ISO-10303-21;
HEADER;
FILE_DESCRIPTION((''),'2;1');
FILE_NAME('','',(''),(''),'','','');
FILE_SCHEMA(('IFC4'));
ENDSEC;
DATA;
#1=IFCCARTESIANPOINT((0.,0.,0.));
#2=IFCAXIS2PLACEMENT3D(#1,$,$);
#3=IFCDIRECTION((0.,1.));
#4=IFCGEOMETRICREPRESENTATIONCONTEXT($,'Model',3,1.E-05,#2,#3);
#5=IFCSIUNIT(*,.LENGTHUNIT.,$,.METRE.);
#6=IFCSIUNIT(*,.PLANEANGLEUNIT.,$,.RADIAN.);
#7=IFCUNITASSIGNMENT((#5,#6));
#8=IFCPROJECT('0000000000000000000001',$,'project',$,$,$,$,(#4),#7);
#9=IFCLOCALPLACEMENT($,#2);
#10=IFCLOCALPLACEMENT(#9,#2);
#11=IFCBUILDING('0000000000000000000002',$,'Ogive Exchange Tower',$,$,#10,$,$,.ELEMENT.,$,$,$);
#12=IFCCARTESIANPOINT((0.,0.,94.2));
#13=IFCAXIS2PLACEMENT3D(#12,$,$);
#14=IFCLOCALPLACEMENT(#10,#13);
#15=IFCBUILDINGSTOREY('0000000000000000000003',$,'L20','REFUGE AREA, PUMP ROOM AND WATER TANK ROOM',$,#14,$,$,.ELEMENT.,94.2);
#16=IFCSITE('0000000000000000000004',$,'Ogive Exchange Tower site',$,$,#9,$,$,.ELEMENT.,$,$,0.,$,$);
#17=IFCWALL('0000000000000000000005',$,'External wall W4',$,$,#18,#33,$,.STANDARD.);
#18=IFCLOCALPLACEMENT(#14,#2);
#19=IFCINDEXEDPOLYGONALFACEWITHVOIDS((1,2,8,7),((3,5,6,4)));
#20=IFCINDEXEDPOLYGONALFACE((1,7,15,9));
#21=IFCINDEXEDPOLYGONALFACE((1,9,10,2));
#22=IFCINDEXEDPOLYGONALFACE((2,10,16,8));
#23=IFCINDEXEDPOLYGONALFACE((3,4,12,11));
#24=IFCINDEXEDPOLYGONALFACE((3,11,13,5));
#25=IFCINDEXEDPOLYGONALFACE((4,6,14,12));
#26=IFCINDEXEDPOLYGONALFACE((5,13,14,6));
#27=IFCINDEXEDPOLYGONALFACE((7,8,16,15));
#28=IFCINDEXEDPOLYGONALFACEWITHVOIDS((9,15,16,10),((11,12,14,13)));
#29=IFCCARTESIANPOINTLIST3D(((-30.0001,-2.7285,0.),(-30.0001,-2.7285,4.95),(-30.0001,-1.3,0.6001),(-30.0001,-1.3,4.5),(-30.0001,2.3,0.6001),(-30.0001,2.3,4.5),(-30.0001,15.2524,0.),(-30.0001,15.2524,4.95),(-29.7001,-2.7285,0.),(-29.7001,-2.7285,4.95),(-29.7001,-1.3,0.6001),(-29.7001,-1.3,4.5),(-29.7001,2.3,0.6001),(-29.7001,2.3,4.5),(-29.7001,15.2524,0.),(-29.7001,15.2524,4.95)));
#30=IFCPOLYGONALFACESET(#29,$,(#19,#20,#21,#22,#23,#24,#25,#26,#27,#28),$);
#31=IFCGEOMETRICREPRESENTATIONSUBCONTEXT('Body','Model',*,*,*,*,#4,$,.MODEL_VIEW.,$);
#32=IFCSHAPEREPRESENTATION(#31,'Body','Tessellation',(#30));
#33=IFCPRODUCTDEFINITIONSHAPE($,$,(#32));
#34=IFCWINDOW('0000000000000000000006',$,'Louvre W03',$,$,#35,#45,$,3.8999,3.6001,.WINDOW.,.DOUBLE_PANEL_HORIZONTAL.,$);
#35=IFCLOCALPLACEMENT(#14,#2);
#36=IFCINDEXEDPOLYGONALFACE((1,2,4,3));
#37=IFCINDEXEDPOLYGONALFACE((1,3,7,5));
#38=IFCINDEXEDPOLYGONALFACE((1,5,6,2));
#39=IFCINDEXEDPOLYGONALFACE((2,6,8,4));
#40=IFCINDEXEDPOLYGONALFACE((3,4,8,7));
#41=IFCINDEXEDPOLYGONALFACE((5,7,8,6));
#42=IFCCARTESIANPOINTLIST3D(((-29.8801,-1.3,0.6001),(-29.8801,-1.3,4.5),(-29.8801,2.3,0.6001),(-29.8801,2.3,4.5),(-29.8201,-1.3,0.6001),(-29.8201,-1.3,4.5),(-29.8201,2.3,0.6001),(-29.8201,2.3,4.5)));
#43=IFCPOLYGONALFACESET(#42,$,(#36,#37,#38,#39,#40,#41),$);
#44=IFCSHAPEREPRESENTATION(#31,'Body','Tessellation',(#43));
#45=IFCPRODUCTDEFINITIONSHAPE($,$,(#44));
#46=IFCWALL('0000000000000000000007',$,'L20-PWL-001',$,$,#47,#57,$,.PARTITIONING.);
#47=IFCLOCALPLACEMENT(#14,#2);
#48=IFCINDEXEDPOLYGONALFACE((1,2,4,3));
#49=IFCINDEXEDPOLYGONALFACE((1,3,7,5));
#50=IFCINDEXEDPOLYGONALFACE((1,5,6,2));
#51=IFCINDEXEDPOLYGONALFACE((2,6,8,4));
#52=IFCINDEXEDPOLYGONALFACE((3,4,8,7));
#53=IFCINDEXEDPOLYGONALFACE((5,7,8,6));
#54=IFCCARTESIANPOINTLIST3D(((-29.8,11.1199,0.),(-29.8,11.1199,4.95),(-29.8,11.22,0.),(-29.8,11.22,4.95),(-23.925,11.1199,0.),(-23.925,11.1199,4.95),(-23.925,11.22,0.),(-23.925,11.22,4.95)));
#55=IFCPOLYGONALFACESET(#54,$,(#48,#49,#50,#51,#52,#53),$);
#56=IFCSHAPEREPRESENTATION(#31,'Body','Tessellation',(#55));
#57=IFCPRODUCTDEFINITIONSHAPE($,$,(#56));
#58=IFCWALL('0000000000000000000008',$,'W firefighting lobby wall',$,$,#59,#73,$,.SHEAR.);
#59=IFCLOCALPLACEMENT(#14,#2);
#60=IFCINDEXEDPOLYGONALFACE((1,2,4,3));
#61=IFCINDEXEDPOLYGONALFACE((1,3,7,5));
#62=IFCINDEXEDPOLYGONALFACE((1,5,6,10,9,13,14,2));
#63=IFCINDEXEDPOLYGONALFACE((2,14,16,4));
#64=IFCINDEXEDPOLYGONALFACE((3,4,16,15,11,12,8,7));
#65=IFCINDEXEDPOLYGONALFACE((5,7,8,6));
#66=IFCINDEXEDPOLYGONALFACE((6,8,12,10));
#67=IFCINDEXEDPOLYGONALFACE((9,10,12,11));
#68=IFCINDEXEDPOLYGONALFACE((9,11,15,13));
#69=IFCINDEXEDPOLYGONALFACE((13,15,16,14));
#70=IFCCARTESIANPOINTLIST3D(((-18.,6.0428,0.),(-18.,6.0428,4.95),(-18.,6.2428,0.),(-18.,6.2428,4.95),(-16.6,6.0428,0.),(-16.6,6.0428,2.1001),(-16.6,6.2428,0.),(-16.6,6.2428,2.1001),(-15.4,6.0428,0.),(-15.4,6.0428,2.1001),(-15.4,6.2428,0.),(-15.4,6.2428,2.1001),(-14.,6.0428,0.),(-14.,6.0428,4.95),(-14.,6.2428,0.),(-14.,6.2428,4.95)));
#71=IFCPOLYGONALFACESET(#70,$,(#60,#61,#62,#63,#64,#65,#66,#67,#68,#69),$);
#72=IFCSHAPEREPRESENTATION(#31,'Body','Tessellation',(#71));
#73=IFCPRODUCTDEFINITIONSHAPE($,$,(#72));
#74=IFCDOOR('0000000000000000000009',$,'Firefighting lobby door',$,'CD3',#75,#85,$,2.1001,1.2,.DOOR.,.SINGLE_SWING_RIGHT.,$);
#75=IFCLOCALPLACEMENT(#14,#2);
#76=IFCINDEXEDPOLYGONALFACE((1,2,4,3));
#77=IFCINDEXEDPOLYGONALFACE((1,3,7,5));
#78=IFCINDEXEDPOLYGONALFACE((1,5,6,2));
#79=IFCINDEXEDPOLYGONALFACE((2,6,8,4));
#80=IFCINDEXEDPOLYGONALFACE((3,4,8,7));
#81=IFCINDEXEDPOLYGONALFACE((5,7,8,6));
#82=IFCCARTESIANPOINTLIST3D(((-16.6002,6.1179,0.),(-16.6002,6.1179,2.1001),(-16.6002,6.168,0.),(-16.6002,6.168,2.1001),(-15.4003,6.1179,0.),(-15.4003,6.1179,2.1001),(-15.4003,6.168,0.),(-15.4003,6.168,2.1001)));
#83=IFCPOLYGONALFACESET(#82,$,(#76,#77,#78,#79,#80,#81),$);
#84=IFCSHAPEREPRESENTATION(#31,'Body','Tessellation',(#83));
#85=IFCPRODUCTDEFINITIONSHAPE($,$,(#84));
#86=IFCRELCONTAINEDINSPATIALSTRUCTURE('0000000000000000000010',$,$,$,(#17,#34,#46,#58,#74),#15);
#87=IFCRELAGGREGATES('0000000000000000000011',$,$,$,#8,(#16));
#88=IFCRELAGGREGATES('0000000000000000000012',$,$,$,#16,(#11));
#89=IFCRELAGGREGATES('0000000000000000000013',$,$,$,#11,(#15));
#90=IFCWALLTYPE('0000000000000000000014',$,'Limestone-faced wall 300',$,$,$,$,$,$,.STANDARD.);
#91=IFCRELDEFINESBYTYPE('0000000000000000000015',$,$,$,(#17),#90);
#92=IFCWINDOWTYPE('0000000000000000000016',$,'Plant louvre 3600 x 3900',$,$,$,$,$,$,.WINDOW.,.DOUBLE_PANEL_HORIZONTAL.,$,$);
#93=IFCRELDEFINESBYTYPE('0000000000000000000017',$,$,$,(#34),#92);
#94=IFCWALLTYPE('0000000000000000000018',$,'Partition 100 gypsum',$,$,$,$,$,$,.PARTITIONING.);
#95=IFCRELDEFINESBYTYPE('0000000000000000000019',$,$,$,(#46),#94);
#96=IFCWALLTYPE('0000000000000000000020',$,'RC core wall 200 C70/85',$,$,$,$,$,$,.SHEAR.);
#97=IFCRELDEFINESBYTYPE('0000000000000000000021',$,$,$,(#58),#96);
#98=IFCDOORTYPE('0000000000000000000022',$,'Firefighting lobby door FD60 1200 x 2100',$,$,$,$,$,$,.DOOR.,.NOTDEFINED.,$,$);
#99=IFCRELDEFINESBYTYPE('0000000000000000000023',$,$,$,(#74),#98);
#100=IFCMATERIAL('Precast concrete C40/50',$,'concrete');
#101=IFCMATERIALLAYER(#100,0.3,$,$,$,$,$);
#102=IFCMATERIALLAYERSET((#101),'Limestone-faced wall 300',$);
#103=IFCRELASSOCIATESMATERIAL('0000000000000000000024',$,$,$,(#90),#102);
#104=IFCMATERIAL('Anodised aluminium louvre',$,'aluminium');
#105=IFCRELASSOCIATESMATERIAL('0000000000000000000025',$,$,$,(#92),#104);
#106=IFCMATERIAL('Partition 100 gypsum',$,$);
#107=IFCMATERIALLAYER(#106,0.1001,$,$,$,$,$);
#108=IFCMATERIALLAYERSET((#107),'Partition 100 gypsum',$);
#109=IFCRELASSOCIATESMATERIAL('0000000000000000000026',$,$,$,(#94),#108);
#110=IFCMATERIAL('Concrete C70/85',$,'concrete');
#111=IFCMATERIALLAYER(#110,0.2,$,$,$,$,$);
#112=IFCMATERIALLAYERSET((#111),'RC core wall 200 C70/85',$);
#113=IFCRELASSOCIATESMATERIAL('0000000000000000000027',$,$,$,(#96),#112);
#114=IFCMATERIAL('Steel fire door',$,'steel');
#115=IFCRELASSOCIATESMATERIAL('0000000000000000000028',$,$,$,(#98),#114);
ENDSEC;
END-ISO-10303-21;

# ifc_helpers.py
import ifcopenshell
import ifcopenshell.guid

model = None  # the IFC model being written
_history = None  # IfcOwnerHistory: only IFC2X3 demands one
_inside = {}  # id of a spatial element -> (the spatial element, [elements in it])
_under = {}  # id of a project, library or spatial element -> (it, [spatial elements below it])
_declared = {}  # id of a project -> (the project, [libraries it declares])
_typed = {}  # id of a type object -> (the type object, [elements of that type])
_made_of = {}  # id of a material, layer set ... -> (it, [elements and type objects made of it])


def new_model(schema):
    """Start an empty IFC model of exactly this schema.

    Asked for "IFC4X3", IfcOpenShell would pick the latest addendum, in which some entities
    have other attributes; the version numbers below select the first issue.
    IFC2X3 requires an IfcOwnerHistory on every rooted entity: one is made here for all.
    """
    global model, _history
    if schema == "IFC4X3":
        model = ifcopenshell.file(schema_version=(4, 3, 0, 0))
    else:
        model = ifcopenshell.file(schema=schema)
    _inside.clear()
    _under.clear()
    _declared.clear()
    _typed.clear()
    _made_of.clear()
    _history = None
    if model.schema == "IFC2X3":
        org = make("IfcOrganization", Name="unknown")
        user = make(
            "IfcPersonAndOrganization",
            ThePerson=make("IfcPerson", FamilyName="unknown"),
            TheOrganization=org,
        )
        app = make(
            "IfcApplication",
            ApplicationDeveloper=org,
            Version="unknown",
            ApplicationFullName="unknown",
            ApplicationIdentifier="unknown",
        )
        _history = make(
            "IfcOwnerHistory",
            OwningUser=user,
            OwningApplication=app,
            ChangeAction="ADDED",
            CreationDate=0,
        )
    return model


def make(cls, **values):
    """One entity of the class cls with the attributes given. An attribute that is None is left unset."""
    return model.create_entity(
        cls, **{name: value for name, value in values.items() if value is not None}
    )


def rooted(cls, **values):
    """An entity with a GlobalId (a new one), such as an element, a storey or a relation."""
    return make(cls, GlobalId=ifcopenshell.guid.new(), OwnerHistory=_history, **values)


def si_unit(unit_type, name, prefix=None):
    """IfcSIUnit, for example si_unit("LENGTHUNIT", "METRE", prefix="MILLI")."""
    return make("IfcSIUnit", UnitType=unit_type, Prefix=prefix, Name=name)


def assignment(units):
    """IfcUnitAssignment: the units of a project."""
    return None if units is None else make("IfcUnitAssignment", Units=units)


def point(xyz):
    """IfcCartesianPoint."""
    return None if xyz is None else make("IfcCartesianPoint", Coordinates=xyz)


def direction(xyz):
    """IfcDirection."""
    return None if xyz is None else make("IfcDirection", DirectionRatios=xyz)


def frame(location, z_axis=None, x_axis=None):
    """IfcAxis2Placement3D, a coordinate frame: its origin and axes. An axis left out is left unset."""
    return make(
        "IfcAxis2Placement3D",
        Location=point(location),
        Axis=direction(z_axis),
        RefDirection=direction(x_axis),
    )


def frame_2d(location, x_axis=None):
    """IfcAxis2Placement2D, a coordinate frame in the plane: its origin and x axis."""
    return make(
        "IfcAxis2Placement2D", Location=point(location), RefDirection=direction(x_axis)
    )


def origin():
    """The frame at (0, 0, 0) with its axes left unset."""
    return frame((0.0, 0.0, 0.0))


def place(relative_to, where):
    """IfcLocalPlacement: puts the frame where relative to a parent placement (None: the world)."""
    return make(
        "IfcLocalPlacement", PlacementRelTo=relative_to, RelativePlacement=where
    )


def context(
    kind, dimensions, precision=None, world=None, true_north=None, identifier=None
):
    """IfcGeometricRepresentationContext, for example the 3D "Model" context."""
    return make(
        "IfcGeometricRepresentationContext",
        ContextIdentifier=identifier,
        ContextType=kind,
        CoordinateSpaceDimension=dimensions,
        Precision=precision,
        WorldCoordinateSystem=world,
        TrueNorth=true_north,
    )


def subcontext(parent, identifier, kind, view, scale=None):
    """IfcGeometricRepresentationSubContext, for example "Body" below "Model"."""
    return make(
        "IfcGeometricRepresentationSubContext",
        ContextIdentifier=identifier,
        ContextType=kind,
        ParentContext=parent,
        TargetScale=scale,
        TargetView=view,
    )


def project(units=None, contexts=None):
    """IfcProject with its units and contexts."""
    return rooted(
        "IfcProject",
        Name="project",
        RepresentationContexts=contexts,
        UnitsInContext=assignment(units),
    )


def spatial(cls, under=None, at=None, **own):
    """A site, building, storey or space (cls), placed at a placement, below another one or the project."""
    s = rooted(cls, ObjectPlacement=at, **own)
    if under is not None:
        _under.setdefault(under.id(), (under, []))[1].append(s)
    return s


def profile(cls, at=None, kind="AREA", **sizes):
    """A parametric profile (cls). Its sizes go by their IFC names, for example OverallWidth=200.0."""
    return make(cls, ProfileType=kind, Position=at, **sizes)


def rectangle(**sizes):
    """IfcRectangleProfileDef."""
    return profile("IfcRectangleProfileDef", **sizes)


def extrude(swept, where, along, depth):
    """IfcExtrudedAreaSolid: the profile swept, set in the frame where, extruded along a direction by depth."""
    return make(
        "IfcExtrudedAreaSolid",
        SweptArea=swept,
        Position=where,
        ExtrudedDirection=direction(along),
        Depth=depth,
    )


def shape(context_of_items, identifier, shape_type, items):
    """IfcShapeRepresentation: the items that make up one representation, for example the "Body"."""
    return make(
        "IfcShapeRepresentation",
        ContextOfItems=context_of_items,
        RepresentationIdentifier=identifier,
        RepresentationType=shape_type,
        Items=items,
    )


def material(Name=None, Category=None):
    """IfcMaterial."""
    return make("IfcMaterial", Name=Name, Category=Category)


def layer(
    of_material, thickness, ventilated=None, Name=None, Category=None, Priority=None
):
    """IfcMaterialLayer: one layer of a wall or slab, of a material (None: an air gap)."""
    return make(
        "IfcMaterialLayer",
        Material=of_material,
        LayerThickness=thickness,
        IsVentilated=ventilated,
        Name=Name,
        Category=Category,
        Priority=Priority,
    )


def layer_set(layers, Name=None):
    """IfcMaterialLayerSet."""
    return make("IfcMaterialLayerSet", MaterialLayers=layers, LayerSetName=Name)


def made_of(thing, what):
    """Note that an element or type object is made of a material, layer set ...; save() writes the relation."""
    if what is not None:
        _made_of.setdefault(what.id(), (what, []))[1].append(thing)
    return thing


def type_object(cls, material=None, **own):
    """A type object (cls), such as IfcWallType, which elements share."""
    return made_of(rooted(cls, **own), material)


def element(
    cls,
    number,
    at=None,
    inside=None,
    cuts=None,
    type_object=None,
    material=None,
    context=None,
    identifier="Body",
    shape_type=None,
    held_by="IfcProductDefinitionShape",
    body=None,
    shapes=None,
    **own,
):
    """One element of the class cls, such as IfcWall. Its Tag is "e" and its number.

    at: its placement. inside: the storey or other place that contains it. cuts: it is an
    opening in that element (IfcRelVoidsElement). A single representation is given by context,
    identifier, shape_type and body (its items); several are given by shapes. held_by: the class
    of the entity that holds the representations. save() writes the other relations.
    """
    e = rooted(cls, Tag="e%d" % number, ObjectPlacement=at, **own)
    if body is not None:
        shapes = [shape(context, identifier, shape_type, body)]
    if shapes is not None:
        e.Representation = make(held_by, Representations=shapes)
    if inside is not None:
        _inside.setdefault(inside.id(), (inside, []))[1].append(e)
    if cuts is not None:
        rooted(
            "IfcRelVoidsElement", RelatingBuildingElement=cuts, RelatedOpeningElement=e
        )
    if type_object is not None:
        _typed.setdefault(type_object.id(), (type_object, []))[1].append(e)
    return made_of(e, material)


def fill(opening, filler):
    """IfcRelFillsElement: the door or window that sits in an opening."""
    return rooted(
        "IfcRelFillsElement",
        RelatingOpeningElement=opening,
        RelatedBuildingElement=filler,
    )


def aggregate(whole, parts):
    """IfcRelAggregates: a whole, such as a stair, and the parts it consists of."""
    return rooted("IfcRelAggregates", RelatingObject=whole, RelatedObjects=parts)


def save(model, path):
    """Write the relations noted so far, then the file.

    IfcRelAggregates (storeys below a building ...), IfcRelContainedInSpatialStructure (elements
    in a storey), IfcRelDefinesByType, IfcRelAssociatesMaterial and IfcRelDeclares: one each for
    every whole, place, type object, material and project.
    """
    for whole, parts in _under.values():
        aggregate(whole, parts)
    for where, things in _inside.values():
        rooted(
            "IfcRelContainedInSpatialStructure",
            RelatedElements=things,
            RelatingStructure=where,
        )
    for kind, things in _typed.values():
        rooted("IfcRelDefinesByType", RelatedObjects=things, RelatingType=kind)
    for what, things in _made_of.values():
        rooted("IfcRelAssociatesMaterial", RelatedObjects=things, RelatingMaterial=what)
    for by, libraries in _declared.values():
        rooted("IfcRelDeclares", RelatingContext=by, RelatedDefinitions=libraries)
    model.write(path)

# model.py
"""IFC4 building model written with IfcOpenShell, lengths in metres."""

from ifc_helpers import new_model, si_unit, direction, frame, frame_2d, origin, place, context, subcontext, project, spatial, rectangle, extrude, material, layer, layer_set, type_object, element, fill, save


model = new_model("IFC4")

# Units and contexts
model_context = context("Model", 3, precision=1e-05, world=origin(), true_north=direction((0.0, 1.0)))
body_context = subcontext(model_context, "Body", "Model", "MODEL_VIEW")
ifc_project = project(units=[si_unit("LENGTHUNIT", "METRE"), si_unit("PLANEANGLEUNIT", "RADIAN")], contexts=[model_context])

# Site, building, storey
site_placement = place(None, origin())
site = spatial("IfcSite", under=ifc_project, at=site_placement, Name="Ogive Exchange Tower site", CompositionType="ELEMENT", RefElevation=0.0)
building_placement = place(site_placement, origin())
building = spatial("IfcBuilding", under=site, at=building_placement, Name="Ogive Exchange Tower", CompositionType="ELEMENT")
storey_placement = place(building_placement, frame((0.0, 0.0, 94.2)))
storey = spatial("IfcBuildingStorey", under=building, at=storey_placement, Name="L20", Description="REFUGE AREA, PUMP ROOM AND WATER TANK ROOM", CompositionType="ELEMENT", Elevation=94.2)

# Wall, opening, window
ifc_material_1 = material(Name="Precast concrete C40/50", Category="concrete")
ifc_layer_1 = layer(ifc_material_1, 0.3)
ifc_layer_set_1 = layer_set([ifc_layer_1], Name="Limestone-faced wall 300")
wall_type_1 = type_object("IfcWallType", Name="Limestone-faced wall 300", PredefinedType="STANDARD", material=ifc_layer_set_1)
wall_1_placement = place(storey_placement, frame((-29.8501, 15.2524, 0.0), z_axis=(0.0, 0.0, 1.0), x_axis=(0.0, -1.0, 0.0)))
wall_1 = element("IfcWall", 1, at=wall_1_placement, inside=storey, type_object=wall_type_1, Name="External wall W4", PredefinedType="STANDARD", context=body_context, shape_type="SweptSolid", body=[
    extrude(rectangle(XDim=17.981, YDim=0.3, at=frame_2d((8.9905, 0.0))), origin(), (0.0, 0.0, 1.0), 4.95),
])
opening_1_placement = place(wall_1_placement, frame((12.9524, 0.0, 0.6001)))
opening_1 = element("IfcOpeningElement", 2, at=opening_1_placement, cuts=wall_1, PredefinedType="OPENING", context=body_context, shape_type="SweptSolid", body=[
    extrude(rectangle(XDim=3.6001, YDim=3.8999, at=frame_2d((1.8, 1.95))), frame((0.0, 0.1599, 0.0), z_axis=(0.0, -1.0, 0.0), x_axis=(1.0, 0.0, 0.0)), (0.0, 0.0, 1.0), 0.3201),
])
ifc_material_2 = material(Name="Anodised aluminium louvre", Category="aluminium")
window_type = type_object("IfcWindowType", Name="Plant louvre 3600 x 3900", PartitioningType="DOUBLE_PANEL_HORIZONTAL", PredefinedType="WINDOW", material=ifc_material_2)
window_placement = place(opening_1_placement, origin())
window = element("IfcWindow", 3, at=window_placement, inside=storey, type_object=window_type, Name="Louvre W03", OverallHeight=3.8999, OverallWidth=3.6001, PartitioningType="DOUBLE_PANEL_HORIZONTAL", PredefinedType="WINDOW", context=body_context, shape_type="SweptSolid", body=[
    extrude(rectangle(XDim=3.6001, YDim=3.8999, at=frame_2d((1.8, 1.95))), frame((0.0, 0.03, 0.0), z_axis=(0.0, -1.0, 0.0), x_axis=(1.0, 0.0, 0.0)), (0.0, 0.0, 1.0), 0.0601),
])
fill(opening_1, window)

# Wall
ifc_material_3 = material(Name="Partition 100 gypsum")
ifc_layer_2 = layer(ifc_material_3, 0.1001)
ifc_layer_set_2 = layer_set([ifc_layer_2], Name="Partition 100 gypsum")
wall_type_2 = type_object("IfcWallType", Name="Partition 100 gypsum", PredefinedType="PARTITIONING", material=ifc_layer_set_2)
wall_2_placement = place(storey_placement, frame((-29.8, 11.1699, 0.0), z_axis=(0.0, 0.0, 1.0), x_axis=(1.0, 0.0, 0.0)))
element("IfcWall", 4, at=wall_2_placement, inside=storey, type_object=wall_type_2, Name="L20-PWL-001", PredefinedType="PARTITIONING", context=body_context, shape_type="SweptSolid", body=[
    extrude(rectangle(XDim=5.875, YDim=0.1001, at=frame_2d((2.9375, 0.0))), origin(), (0.0, 0.0, 1.0), 4.95),
])

# Wall, opening, door
ifc_material_4 = material(Name="Concrete C70/85", Category="concrete")
ifc_layer_3 = layer(ifc_material_4, 0.2)
ifc_layer_set_3 = layer_set([ifc_layer_3], Name="RC core wall 200 C70/85")
wall_type_3 = type_object("IfcWallType", Name="RC core wall 200 C70/85", PredefinedType="SHEAR", material=ifc_layer_set_3)
wall_3_placement = place(storey_placement, frame((-18.0, 6.1428, 0.0), z_axis=(0.0, 0.0, 1.0), x_axis=(1.0, 0.0, 0.0)))
wall_3 = element("IfcWall", 5, at=wall_3_placement, inside=storey, type_object=wall_type_3, Name="W firefighting lobby wall", PredefinedType="SHEAR", context=body_context, shape_type="SweptSolid", body=[
    extrude(rectangle(XDim=4.0, YDim=0.2, at=frame_2d((2.0, 0.0))), origin(), (0.0, 0.0, 1.0), 4.95),
])
opening_2_placement = place(wall_3_placement, frame((1.3999, 0.0, 0.0)))
opening_2 = element("IfcOpeningElement", 6, at=opening_2_placement, cuts=wall_3, PredefinedType="OPENING", context=body_context, shape_type="SweptSolid", body=[
    extrude(rectangle(XDim=1.2, YDim=2.1001, at=frame_2d((0.6001, 1.05))), frame((0.0, 0.1099, 0.0), z_axis=(0.0, -1.0, 0.0), x_axis=(1.0, 0.0, 0.0)), (0.0, 0.0, 1.0), 0.22),
])
ifc_material_5 = material(Name="Steel fire door", Category="steel")
door_type_1 = type_object("IfcDoorType", Name="Firefighting lobby door FD60 1200 x 2100", OperationType="NOTDEFINED", PredefinedType="DOOR", material=ifc_material_5)
door_1_placement = place(opening_2_placement, frame((1.2, 0.0, 0.0), z_axis=(0.0, 0.0, 1.0), x_axis=(-1.0, 0.0, 0.0)))
door_1 = element("IfcDoor", 7, at=door_1_placement, inside=storey, type_object=door_type_1, Name="Firefighting lobby door", ObjectType="CD3", OperationType="SINGLE_SWING_RIGHT", OverallHeight=2.1001, OverallWidth=1.2, PredefinedType="DOOR", context=body_context, shape_type="SweptSolid", body=[
    extrude(rectangle(XDim=1.2, YDim=2.1001, at=frame_2d((0.6001, 1.05))), frame((0.0, 0.0249, 0.0), z_axis=(0.0, -1.0, 0.0), x_axis=(1.0, 0.0, 0.0)), (0.0, 0.0, 1.0), 0.05),
])
fill(opening_2, door_1)

save(model, "model.ifc")
